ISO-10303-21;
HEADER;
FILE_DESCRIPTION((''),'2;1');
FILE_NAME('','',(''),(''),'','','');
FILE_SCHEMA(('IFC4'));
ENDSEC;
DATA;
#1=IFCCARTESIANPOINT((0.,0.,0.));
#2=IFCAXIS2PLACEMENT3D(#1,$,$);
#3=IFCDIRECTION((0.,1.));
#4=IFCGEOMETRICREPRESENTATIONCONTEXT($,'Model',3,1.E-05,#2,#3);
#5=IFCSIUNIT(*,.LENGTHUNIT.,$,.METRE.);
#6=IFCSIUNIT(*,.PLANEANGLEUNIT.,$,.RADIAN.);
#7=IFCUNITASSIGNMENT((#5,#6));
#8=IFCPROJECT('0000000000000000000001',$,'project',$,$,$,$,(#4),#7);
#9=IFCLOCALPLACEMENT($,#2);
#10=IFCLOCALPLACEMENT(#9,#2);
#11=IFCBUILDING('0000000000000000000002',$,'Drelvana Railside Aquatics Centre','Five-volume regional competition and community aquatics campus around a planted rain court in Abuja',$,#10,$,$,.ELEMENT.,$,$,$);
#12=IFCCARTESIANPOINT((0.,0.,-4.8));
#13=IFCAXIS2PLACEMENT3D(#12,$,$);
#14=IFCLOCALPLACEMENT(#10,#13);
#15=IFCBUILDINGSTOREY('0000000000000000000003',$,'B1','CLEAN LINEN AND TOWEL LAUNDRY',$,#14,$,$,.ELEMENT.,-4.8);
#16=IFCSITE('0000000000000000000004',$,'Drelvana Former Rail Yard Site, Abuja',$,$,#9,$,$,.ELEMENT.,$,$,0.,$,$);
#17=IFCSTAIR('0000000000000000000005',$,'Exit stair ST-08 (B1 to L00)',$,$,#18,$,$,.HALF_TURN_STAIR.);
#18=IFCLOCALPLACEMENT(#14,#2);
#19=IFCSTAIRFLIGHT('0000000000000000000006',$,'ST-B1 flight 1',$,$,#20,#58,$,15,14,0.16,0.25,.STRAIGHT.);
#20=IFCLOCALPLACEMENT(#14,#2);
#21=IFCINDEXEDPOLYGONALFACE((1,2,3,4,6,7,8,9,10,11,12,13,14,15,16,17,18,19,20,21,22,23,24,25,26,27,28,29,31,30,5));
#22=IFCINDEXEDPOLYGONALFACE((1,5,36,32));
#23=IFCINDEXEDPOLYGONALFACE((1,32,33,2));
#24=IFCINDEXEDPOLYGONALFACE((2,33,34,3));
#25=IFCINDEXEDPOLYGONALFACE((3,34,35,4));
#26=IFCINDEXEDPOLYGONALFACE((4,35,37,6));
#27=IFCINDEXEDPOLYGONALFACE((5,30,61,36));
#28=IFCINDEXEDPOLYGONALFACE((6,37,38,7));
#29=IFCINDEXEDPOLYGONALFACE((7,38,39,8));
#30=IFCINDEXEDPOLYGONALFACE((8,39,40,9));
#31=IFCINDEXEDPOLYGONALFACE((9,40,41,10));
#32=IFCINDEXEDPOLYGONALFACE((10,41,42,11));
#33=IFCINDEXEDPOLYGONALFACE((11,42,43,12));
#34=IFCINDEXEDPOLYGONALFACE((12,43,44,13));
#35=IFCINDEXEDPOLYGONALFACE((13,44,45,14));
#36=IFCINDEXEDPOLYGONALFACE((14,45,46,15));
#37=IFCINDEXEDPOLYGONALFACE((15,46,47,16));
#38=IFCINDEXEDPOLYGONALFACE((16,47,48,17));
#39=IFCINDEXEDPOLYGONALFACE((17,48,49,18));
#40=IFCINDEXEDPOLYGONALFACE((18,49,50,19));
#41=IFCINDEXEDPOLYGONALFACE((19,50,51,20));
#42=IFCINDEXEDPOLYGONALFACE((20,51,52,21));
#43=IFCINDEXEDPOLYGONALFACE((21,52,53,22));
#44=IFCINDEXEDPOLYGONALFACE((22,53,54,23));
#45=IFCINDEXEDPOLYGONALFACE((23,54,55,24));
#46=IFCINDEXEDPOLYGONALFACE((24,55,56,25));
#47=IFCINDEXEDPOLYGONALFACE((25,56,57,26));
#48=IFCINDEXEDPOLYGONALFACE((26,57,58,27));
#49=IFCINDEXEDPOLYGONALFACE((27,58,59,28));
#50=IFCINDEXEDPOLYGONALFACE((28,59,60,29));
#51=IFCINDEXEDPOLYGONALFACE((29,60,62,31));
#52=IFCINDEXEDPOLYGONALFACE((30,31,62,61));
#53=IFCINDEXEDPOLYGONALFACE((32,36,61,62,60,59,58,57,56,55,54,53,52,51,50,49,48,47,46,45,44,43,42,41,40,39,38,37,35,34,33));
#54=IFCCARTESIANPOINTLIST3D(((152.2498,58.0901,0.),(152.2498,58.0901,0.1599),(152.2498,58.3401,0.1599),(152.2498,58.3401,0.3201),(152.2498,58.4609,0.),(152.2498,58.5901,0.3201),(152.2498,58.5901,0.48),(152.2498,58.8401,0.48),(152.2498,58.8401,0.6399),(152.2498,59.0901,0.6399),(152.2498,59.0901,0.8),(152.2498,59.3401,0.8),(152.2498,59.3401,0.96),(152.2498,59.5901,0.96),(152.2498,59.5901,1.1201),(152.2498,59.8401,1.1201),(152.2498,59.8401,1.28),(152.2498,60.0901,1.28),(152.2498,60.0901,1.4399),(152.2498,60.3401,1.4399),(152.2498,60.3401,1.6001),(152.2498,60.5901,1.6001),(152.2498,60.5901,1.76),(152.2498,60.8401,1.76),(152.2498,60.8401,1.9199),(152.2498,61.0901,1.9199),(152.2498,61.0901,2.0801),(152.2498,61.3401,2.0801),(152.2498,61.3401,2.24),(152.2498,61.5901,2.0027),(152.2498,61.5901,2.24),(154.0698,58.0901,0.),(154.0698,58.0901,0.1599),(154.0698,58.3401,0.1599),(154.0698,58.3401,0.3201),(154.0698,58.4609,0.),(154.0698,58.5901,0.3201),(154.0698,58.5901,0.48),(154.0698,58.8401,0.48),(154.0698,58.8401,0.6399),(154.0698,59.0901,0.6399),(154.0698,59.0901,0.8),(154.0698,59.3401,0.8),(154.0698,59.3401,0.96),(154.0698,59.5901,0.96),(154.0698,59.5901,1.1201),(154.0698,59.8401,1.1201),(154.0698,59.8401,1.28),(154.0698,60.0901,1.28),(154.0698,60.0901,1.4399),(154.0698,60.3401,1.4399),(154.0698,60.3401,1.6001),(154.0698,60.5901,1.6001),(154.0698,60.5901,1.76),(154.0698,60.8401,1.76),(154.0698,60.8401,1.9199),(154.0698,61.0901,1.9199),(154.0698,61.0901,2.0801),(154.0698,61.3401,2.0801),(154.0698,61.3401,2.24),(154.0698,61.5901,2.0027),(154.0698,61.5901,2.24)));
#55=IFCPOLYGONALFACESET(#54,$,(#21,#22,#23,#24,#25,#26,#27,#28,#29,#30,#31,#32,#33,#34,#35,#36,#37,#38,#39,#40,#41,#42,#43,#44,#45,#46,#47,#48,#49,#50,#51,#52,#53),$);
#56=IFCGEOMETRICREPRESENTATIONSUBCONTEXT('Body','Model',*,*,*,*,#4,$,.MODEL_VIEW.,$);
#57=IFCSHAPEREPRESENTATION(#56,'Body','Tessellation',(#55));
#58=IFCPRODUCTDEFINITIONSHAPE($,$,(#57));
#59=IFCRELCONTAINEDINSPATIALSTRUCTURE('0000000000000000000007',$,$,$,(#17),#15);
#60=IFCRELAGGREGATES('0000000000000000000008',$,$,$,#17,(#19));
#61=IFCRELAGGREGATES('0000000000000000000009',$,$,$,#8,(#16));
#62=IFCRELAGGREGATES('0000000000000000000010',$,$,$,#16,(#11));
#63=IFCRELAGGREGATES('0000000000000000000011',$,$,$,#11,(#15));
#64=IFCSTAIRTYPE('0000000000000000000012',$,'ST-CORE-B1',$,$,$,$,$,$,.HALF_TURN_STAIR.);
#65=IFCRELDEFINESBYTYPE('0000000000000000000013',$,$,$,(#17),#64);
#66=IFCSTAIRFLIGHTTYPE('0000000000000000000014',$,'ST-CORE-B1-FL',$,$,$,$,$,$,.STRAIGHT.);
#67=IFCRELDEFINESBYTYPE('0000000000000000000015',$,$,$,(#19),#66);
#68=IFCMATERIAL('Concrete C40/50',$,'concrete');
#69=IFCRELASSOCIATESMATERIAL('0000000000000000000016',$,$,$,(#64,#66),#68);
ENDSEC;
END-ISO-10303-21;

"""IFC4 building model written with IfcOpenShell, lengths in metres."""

from ifc_helpers import new_model, si_unit, direction, frame, origin, place, context, subcontext, project, spatial, polyline, outline, extrude, material, type_object, element, aggregate, save


model = new_model("IFC4")

# Units and contexts
model_context = context("Model", 3, precision=1e-05, world=origin(), true_north=direction((0.0, 1.0)))
body_context = subcontext(model_context, "Body", "Model", "MODEL_VIEW")
ifc_project = project(units=[si_unit("LENGTHUNIT", "METRE"), si_unit("PLANEANGLEUNIT", "RADIAN")], contexts=[model_context])

# Site, building, storey
site_placement = place(None, origin())
site = spatial("IfcSite", under=ifc_project, at=site_placement, Name="Drelvana Former Rail Yard Site, Abuja", CompositionType="ELEMENT", RefElevation=0.0)
building_placement = place(site_placement, origin())
building = spatial("IfcBuilding", under=site, at=building_placement, Name="Drelvana Railside Aquatics Centre", Description="Five-volume regional competition and community aquatics campus around a planted rain court in Abuja", CompositionType="ELEMENT")
storey_placement = place(building_placement, frame((0.0, 0.0, -4.8)))
storey = spatial("IfcBuildingStorey", under=building, at=storey_placement, Name="B1", Description="CLEAN LINEN AND TOWEL LAUNDRY", CompositionType="ELEMENT", Elevation=-4.8)

# Shared definitions
ifc_material_1 = material(Name="Concrete C40/50", Category="concrete")

# Stair, stair flight
stair_type = type_object("IfcStairType", Name="ST-CORE-B1", PredefinedType="HALF_TURN_STAIR", material=ifc_material_1)
stair_placement = place(storey_placement, origin())
stair = element("IfcStair", 1, at=stair_placement, inside=storey, type_object=stair_type, Name="Exit stair ST-08 (B1 to L00)", PredefinedType="HALF_TURN_STAIR")
stair_flight_type = type_object("IfcStairFlightType", Name="ST-CORE-B1-FL", PredefinedType="STRAIGHT", material=ifc_material_1)
stair_flight_placement = place(storey_placement, frame((153.1599, 58.0901, 0.0), z_axis=(0.0, 0.0, 1.0), x_axis=(0.0, 1.0, 0.0)))
stair_flight = element("IfcStairFlight", 2, at=stair_flight_placement, type_object=stair_flight_type, Name="ST-B1 flight 1", NumberOfRisers=15, NumberOfTreads=14, PredefinedType="STRAIGHT", RiserHeight=0.16, TreadLength=0.25, context=body_context, shape_type="SweptSolid", body=[
    extrude(outline(polyline([(0.0, 0.0), (0.0, 0.1599), (0.25, 0.1599), (0.25, 0.3201), (0.5, 0.3201), (0.5, 0.48), (0.75, 0.48), (0.75, 0.6399), (1.0, 0.6399), (1.0, 0.8), (1.25, 0.8), (1.25, 0.96), (1.5, 0.96), (1.5, 1.1201), (1.75, 1.1201), (1.75, 1.28), (2.0, 1.28), (2.0, 1.4399), (2.25, 1.4399), (2.25, 1.6001), (2.5, 1.6001), (2.5, 1.76), (2.75, 1.76), (2.75, 1.9199), (3.0, 1.9199), (3.0, 2.0801), (3.25, 2.0801), (3.25, 2.24), (3.5, 2.24), (3.5, 2.3999), (3.5, 2.0027), (0.3708, 0.0), (0.0, 0.0)])), frame((0.0, 0.9102, 0.0), z_axis=(0.0, -1.0, 0.0), x_axis=(1.0, 0.0, 0.0)), (0.0, 0.0, 1.0), 1.8201),
])
aggregate(stair, [stair_flight])

save(model, "model.ifc")
